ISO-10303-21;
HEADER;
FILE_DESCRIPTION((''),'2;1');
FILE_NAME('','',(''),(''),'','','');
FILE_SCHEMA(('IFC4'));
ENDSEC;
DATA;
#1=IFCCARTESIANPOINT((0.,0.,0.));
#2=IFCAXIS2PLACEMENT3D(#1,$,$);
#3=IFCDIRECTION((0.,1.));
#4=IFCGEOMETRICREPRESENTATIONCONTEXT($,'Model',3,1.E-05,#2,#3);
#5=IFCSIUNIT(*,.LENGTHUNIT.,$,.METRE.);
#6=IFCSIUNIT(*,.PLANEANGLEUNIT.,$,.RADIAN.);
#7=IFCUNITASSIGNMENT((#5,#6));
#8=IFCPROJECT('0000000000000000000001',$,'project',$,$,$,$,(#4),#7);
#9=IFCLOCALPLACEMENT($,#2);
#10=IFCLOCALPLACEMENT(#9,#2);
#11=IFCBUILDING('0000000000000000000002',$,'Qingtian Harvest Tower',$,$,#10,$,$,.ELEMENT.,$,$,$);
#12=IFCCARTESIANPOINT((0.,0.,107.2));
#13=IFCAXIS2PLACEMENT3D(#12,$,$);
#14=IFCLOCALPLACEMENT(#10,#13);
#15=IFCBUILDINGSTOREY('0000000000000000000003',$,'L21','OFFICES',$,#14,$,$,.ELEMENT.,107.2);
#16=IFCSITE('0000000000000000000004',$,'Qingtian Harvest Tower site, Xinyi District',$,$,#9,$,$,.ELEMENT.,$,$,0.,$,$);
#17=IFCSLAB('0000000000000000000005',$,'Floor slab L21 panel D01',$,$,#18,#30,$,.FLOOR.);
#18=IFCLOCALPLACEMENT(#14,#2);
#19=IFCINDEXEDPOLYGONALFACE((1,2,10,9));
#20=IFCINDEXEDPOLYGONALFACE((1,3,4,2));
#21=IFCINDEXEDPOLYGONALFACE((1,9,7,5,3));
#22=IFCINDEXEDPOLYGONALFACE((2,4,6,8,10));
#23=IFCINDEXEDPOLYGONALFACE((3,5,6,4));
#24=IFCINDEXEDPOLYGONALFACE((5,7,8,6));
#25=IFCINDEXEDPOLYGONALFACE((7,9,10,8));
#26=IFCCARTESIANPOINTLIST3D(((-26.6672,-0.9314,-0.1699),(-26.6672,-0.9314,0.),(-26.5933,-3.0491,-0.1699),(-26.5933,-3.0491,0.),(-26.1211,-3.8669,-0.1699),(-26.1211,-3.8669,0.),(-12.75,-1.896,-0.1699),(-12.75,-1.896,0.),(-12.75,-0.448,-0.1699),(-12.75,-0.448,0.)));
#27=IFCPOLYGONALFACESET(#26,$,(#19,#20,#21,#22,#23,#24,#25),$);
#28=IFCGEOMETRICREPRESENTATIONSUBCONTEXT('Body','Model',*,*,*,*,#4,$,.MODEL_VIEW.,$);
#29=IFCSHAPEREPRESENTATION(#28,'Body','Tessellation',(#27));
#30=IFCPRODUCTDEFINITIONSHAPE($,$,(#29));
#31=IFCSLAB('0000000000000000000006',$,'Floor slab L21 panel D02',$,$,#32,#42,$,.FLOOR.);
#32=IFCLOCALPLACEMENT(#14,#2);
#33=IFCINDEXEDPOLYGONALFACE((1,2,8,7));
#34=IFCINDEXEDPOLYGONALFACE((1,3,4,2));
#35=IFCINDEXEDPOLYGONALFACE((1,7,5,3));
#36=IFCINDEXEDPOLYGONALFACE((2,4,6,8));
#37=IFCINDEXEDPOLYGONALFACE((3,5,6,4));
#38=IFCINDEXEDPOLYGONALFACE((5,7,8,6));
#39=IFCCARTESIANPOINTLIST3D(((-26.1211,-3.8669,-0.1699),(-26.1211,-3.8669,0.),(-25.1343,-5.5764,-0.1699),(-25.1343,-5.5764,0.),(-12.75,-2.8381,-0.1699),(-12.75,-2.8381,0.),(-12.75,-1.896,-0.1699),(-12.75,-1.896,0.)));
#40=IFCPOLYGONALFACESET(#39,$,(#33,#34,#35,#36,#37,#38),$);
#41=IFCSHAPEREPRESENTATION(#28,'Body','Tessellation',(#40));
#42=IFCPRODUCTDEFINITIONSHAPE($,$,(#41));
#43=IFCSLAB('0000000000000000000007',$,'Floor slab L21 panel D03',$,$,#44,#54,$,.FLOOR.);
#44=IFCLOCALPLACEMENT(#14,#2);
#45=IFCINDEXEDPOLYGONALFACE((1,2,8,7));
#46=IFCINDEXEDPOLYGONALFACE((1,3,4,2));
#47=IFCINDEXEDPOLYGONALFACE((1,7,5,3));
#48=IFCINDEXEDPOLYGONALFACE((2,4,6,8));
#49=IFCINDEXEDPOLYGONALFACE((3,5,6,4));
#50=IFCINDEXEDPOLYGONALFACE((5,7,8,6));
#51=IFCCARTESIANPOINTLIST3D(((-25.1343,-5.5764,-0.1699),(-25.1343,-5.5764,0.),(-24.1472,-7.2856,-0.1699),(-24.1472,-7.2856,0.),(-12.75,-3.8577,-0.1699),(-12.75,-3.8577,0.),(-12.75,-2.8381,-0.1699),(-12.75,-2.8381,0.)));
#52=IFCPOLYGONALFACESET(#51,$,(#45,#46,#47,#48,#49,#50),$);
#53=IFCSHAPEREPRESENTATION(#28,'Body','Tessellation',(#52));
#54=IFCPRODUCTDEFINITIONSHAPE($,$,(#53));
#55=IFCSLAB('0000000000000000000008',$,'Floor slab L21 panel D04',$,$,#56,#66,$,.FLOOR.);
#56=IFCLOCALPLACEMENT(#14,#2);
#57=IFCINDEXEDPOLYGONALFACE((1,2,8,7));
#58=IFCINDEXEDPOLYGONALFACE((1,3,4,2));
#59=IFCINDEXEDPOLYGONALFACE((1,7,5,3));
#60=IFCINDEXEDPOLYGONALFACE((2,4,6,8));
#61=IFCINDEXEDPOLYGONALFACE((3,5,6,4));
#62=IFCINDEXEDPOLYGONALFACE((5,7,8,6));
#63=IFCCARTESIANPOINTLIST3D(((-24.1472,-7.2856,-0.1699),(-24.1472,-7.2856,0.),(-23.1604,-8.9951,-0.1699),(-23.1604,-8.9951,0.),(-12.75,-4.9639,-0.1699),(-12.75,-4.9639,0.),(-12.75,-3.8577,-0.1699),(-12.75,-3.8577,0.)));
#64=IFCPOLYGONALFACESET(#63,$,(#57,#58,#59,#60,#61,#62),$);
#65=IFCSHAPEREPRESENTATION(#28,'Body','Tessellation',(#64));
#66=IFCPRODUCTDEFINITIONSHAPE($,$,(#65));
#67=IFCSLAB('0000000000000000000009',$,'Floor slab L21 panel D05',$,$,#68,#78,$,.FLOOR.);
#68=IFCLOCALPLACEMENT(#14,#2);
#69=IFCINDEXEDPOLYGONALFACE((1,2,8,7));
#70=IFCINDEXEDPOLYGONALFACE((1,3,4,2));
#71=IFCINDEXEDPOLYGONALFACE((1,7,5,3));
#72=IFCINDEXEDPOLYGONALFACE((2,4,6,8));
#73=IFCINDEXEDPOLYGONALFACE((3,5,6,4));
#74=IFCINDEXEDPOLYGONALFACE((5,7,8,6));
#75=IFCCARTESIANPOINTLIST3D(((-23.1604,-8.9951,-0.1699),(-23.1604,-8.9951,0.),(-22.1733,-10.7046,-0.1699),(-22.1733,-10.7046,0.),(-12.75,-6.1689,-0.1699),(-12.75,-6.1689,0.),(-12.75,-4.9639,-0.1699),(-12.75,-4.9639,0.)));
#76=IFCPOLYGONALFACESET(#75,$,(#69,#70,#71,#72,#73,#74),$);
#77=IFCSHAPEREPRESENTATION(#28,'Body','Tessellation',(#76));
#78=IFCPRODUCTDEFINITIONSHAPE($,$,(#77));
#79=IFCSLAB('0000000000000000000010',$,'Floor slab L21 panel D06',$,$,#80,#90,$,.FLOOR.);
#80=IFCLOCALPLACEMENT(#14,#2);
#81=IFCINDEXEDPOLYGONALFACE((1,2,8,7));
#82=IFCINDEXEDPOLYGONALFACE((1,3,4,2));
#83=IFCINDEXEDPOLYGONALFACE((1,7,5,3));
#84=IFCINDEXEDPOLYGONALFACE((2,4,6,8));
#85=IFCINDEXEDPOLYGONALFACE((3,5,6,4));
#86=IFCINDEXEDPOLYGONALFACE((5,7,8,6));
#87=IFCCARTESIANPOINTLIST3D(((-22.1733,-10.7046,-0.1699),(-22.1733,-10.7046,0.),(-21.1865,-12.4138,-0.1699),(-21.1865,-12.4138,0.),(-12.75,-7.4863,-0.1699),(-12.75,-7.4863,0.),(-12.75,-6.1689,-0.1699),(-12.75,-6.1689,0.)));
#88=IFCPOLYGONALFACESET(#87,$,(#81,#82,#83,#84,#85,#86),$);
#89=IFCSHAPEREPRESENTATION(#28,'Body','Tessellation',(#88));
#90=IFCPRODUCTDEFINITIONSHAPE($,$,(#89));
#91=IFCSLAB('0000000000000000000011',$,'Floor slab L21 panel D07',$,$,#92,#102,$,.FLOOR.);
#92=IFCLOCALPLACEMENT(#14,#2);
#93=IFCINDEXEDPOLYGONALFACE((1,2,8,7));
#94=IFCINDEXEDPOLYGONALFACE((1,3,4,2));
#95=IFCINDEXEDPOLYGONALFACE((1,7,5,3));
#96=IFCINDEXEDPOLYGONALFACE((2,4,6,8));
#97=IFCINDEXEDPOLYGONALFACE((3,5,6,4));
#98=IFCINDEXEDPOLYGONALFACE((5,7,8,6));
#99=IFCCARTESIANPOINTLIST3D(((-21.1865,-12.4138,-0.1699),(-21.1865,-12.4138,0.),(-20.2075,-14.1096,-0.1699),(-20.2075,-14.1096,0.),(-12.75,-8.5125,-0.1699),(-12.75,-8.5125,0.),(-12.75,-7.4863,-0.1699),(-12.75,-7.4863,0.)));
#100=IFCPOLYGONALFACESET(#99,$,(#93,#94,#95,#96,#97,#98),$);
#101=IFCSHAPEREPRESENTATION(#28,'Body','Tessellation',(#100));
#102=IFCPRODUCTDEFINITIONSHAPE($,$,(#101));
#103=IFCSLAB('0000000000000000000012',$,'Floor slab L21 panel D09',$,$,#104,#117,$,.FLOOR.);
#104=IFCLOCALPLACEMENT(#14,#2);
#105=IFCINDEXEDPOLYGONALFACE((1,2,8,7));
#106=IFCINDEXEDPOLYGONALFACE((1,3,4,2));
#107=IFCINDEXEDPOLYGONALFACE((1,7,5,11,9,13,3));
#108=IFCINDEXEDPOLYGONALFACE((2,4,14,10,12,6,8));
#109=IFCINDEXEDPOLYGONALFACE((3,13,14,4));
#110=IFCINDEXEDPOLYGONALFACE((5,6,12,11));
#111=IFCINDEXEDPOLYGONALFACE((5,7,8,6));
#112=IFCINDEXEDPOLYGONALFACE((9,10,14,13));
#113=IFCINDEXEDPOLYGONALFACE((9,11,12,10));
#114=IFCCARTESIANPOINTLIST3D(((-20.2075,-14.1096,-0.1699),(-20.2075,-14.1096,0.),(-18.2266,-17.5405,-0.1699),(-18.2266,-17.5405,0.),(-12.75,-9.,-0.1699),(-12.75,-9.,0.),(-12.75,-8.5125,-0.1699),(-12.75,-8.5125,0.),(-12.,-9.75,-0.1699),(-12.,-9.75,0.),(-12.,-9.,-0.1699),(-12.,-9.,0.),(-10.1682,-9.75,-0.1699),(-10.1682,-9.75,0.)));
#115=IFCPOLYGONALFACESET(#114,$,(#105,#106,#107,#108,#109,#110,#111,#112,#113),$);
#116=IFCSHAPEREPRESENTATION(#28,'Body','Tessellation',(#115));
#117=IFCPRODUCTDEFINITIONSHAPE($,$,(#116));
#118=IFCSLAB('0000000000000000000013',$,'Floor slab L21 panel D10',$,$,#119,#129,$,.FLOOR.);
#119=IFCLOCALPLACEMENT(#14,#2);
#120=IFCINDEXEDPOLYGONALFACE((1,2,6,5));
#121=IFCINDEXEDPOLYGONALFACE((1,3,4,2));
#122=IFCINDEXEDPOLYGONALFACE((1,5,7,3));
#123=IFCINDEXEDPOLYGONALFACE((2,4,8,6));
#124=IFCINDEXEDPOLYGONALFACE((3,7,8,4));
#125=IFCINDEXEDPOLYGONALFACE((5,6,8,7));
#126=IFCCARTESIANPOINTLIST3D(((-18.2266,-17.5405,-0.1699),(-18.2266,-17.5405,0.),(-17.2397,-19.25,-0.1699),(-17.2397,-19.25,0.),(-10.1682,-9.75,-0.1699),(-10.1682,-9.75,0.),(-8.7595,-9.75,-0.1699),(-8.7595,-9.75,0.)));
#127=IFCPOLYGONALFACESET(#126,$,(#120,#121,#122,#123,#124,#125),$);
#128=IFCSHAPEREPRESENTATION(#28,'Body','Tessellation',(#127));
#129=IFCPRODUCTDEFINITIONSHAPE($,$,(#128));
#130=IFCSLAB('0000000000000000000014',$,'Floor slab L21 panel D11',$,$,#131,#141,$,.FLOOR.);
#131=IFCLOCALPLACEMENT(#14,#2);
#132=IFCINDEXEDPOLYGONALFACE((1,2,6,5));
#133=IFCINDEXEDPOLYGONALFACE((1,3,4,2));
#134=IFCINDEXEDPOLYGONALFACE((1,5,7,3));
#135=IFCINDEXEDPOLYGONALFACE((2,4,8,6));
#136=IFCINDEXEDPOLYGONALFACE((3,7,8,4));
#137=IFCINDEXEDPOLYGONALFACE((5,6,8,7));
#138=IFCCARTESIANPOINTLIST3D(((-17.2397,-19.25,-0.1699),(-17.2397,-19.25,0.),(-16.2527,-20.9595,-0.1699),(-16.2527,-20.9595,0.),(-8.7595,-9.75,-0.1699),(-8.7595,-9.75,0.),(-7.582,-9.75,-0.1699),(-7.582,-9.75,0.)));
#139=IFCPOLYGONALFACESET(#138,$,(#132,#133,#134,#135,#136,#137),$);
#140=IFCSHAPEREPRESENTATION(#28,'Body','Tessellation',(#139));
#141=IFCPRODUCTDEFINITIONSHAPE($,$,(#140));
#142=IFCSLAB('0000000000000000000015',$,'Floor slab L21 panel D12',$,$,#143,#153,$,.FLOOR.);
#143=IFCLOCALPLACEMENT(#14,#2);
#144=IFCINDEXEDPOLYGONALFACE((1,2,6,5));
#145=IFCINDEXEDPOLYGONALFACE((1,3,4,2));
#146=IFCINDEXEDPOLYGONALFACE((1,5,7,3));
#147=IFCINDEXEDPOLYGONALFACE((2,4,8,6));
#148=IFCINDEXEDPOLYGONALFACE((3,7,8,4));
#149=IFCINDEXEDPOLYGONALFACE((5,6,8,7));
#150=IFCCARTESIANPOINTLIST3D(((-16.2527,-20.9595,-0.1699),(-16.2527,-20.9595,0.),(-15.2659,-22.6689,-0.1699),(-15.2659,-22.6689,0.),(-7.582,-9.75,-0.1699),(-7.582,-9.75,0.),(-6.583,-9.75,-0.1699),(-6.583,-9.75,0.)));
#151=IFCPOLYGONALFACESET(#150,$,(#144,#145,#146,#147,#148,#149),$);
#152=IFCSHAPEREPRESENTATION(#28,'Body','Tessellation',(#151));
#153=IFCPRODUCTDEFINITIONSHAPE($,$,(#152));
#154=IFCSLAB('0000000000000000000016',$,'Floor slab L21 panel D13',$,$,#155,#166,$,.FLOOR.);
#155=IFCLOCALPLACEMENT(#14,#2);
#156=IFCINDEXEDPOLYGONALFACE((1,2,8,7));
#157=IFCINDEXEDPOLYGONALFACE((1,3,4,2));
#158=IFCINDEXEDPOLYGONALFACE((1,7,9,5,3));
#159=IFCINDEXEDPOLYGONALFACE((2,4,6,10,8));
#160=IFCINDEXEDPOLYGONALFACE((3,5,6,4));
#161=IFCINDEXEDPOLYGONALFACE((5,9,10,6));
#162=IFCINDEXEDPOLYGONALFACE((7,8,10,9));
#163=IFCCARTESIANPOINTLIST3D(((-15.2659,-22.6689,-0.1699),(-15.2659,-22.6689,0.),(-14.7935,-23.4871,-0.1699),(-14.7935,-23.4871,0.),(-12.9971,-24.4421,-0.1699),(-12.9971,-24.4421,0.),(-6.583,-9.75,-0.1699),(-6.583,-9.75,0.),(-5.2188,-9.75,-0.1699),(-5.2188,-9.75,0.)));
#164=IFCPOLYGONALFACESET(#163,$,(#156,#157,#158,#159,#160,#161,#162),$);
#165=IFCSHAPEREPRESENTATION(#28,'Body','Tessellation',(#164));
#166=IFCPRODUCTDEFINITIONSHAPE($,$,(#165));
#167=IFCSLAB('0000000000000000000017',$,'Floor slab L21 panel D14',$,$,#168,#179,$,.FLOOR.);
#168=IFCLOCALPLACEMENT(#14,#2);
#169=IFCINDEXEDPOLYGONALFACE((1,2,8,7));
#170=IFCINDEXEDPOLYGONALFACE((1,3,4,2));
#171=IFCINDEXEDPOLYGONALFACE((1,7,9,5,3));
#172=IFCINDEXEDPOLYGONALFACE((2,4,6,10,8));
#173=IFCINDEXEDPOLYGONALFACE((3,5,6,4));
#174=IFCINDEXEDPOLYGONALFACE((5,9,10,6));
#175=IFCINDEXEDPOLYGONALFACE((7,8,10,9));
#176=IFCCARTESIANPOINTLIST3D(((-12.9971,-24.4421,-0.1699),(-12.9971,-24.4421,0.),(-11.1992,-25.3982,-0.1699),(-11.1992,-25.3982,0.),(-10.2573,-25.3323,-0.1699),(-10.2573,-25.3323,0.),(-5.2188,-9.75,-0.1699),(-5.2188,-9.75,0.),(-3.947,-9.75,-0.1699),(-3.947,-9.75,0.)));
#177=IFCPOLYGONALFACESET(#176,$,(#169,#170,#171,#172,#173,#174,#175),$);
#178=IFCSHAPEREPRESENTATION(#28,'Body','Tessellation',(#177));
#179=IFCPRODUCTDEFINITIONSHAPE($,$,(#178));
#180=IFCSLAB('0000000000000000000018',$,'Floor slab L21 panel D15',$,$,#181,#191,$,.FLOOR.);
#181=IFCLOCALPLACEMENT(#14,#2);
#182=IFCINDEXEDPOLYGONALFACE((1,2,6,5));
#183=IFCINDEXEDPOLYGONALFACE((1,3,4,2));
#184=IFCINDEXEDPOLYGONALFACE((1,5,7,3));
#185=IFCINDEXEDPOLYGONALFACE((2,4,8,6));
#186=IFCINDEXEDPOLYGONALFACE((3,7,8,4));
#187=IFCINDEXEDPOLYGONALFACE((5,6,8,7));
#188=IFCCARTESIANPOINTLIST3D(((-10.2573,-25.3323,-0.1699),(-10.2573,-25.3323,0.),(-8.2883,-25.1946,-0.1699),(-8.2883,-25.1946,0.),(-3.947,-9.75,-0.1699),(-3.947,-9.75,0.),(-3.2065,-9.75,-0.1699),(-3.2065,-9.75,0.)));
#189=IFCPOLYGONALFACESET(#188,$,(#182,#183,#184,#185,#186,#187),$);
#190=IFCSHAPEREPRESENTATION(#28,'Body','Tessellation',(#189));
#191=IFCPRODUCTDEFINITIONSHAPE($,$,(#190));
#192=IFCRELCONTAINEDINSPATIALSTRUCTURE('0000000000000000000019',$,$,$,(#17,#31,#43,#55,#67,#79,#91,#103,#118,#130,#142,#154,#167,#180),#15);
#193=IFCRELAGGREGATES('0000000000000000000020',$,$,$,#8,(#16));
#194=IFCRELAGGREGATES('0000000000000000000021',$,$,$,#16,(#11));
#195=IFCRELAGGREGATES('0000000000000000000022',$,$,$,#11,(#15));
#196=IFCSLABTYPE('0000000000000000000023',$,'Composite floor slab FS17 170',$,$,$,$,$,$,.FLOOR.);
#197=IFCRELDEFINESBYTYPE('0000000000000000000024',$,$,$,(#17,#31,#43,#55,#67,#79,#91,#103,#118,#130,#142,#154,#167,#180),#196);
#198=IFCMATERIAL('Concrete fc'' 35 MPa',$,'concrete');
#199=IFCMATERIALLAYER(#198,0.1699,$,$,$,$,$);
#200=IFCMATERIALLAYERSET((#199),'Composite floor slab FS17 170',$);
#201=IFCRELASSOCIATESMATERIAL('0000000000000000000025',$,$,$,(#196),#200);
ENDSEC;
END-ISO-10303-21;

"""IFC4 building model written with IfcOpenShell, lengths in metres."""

from ifc_helpers import new_model, si_unit, direction, frame, origin, place, context, subcontext, project, spatial, polyline, outline, extrude, material, layer, layer_set, type_object, element, save


model = new_model("IFC4")

# Units and contexts
model_context = context("Model", 3, precision=1e-05, world=origin(), true_north=direction((0.0, 1.0)))
body_context = subcontext(model_context, "Body", "Model", "MODEL_VIEW")
ifc_project = project(units=[si_unit("LENGTHUNIT", "METRE"), si_unit("PLANEANGLEUNIT", "RADIAN")], contexts=[model_context])

# Site, building, storey
site_placement = place(None, origin())
site = spatial("IfcSite", under=ifc_project, at=site_placement, Name="Qingtian Harvest Tower site, Xinyi District", CompositionType="ELEMENT", RefElevation=0.0)
building_placement = place(site_placement, origin())
building = spatial("IfcBuilding", under=site, at=building_placement, Name="Qingtian Harvest Tower", CompositionType="ELEMENT")
storey_placement = place(building_placement, frame((0.0, 0.0, 107.2)))
storey = spatial("IfcBuildingStorey", under=building, at=storey_placement, Name="L21", Description="OFFICES", CompositionType="ELEMENT", Elevation=107.2)

# Slabs
ifc_material_1 = material(Name="Concrete fc' 35 MPa", Category="concrete")
ifc_layer_1 = layer(ifc_material_1, 0.1699)
ifc_layer_set_1 = layer_set([ifc_layer_1], Name="Composite floor slab FS17 170")
slab_type_1 = type_object("IfcSlabType", Name="Composite floor slab FS17 170", PredefinedType="FLOOR", material=ifc_layer_set_1)
slab_1_placement = place(storey_placement, frame((0.0, 0.0, -0.1699)))
element("IfcSlab", 1, at=slab_1_placement, inside=storey, type_object=slab_type_1, Name="Floor slab L21 panel D01", PredefinedType="FLOOR", context=body_context, shape_type="SweptSolid", body=[
    extrude(outline(polyline([(-26.6672, -0.9314), (-12.75, -0.448), (-12.75, -1.896), (-26.1211, -3.8669), (-26.5933, -3.0491), (-26.6672, -0.9314)])), origin(), (0.0, 0.0, 1.0), 0.1699),
])
slab_2_placement = place(storey_placement, frame((0.0, 0.0, -0.1699)))
element("IfcSlab", 2, at=slab_2_placement, inside=storey, type_object=slab_type_1, Name="Floor slab L21 panel D02", PredefinedType="FLOOR", context=body_context, shape_type="SweptSolid", body=[
    extrude(outline(polyline([(-12.75, -2.8381), (-25.1343, -5.5764), (-26.1211, -3.8669), (-12.75, -1.896), (-12.75, -2.8381)])), origin(), (0.0, 0.0, 1.0), 0.1699),
])
slab_3_placement = place(storey_placement, frame((0.0, 0.0, -0.1699)))
element("IfcSlab", 3, at=slab_3_placement, inside=storey, type_object=slab_type_1, Name="Floor slab L21 panel D03", PredefinedType="FLOOR", context=body_context, shape_type="SweptSolid", body=[
    extrude(outline(polyline([(-12.75, -3.8577), (-24.1472, -7.2856), (-25.1343, -5.5764), (-12.75, -2.8381), (-12.75, -3.8577)])), origin(), (0.0, 0.0, 1.0), 0.1699),
])
slab_4_placement = place(storey_placement, frame((0.0, 0.0, -0.1699)))
element("IfcSlab", 4, at=slab_4_placement, inside=storey, type_object=slab_type_1, Name="Floor slab L21 panel D04", PredefinedType="FLOOR", context=body_context, shape_type="SweptSolid", body=[
    extrude(outline(polyline([(-12.75, -4.9639), (-23.1604, -8.9951), (-24.1472, -7.2856), (-12.75, -3.8577), (-12.75, -4.9639)])), origin(), (0.0, 0.0, 1.0), 0.1699),
])
slab_5_placement = place(storey_placement, frame((0.0, 0.0, -0.1699)))
element("IfcSlab", 5, at=slab_5_placement, inside=storey, type_object=slab_type_1, Name="Floor slab L21 panel D05", PredefinedType="FLOOR", context=body_context, shape_type="SweptSolid", body=[
    extrude(outline(polyline([(-12.75, -6.1689), (-22.1733, -10.7046), (-23.1604, -8.9951), (-12.75, -4.9639), (-12.75, -6.1689)])), origin(), (0.0, 0.0, 1.0), 0.1699),
])
slab_6_placement = place(storey_placement, frame((0.0, 0.0, -0.1699)))
element("IfcSlab", 6, at=slab_6_placement, inside=storey, type_object=slab_type_1, Name="Floor slab L21 panel D06", PredefinedType="FLOOR", context=body_context, shape_type="SweptSolid", body=[
    extrude(outline(polyline([(-12.75, -7.4863), (-21.1865, -12.4138), (-22.1733, -10.7046), (-12.75, -6.1689), (-12.75, -7.4863)])), origin(), (0.0, 0.0, 1.0), 0.1699),
])
slab_7_placement = place(storey_placement, frame((0.0, 0.0, -0.1699)))
element("IfcSlab", 7, at=slab_7_placement, inside=storey, type_object=slab_type_1, Name="Floor slab L21 panel D07", PredefinedType="FLOOR", context=body_context, shape_type="SweptSolid", body=[
    extrude(outline(polyline([(-12.75, -8.5125), (-20.2075, -14.1096), (-21.1865, -12.4138), (-12.75, -7.4863), (-12.75, -8.5125)])), origin(), (0.0, 0.0, 1.0), 0.1699),
])
slab_8_placement = place(storey_placement, frame((0.0, 0.0, -0.1699)))
element("IfcSlab", 8, at=slab_8_placement, inside=storey, type_object=slab_type_1, Name="Floor slab L21 panel D09", PredefinedType="FLOOR", context=body_context, shape_type="SweptSolid", body=[
    extrude(outline(polyline([(-18.2266, -17.5405), (-20.2075, -14.1096), (-12.75, -8.5125), (-12.75, -9.0), (-12.0, -9.0), (-12.0, -9.75), (-10.1682, -9.75), (-18.2266, -17.5405)])), origin(), (0.0, 0.0, 1.0), 0.1699),
])
slab_9_placement = place(storey_placement, frame((0.0, 0.0, -0.1699)))
element("IfcSlab", 9, at=slab_9_placement, inside=storey, type_object=slab_type_1, Name="Floor slab L21 panel D10", PredefinedType="FLOOR", context=body_context, shape_type="SweptSolid", body=[
    extrude(outline(polyline([(-8.7595, -9.75), (-17.2397, -19.25), (-18.2266, -17.5405), (-10.1682, -9.75), (-8.7595, -9.75)])), origin(), (0.0, 0.0, 1.0), 0.1699),
])
slab_10_placement = place(storey_placement, frame((0.0, 0.0, -0.1699)))
element("IfcSlab", 10, at=slab_10_placement, inside=storey, type_object=slab_type_1, Name="Floor slab L21 panel D11", PredefinedType="FLOOR", context=body_context, shape_type="SweptSolid", body=[
    extrude(outline(polyline([(-7.582, -9.75), (-16.2527, -20.9595), (-17.2397, -19.25), (-8.7595, -9.75), (-7.582, -9.75)])), origin(), (0.0, 0.0, 1.0), 0.1699),
])
slab_11_placement = place(storey_placement, frame((0.0, 0.0, -0.1699)))
element("IfcSlab", 11, at=slab_11_placement, inside=storey, type_object=slab_type_1, Name="Floor slab L21 panel D12", PredefinedType="FLOOR", context=body_context, shape_type="SweptSolid", body=[
    extrude(outline(polyline([(-6.583, -9.75), (-15.2659, -22.6689), (-16.2527, -20.9595), (-7.582, -9.75), (-6.583, -9.75)])), origin(), (0.0, 0.0, 1.0), 0.1699),
])
slab_12_placement = place(storey_placement, frame((0.0, 0.0, -0.1699)))
element("IfcSlab", 12, at=slab_12_placement, inside=storey, type_object=slab_type_1, Name="Floor slab L21 panel D13", PredefinedType="FLOOR", context=body_context, shape_type="SweptSolid", body=[
    extrude(outline(polyline([(-6.583, -9.75), (-5.2188, -9.75), (-12.9971, -24.4421), (-14.7935, -23.4871), (-15.2659, -22.6689), (-6.583, -9.75)])), origin(), (0.0, 0.0, 1.0), 0.1699),
])
slab_13_placement = place(storey_placement, frame((0.0, 0.0, -0.1699)))
element("IfcSlab", 13, at=slab_13_placement, inside=storey, type_object=slab_type_1, Name="Floor slab L21 panel D14", PredefinedType="FLOOR", context=body_context, shape_type="SweptSolid", body=[
    extrude(outline(polyline([(-5.2188, -9.75), (-3.947, -9.75), (-10.2573, -25.3323), (-11.1992, -25.3982), (-12.9971, -24.4421), (-5.2188, -9.75)])), origin(), (0.0, 0.0, 1.0), 0.1699),
])
slab_14_placement = place(storey_placement, frame((0.0, 0.0, -0.1699)))
element("IfcSlab", 14, at=slab_14_placement, inside=storey, type_object=slab_type_1, Name="Floor slab L21 panel D15", PredefinedType="FLOOR", context=body_context, shape_type="SweptSolid", body=[
    extrude(outline(polyline([(-3.2065, -9.75), (-8.2883, -25.1946), (-10.2573, -25.3323), (-3.947, -9.75), (-3.2065, -9.75)])), origin(), (0.0, 0.0, 1.0), 0.1699),
])

save(model, "model.ifc")
